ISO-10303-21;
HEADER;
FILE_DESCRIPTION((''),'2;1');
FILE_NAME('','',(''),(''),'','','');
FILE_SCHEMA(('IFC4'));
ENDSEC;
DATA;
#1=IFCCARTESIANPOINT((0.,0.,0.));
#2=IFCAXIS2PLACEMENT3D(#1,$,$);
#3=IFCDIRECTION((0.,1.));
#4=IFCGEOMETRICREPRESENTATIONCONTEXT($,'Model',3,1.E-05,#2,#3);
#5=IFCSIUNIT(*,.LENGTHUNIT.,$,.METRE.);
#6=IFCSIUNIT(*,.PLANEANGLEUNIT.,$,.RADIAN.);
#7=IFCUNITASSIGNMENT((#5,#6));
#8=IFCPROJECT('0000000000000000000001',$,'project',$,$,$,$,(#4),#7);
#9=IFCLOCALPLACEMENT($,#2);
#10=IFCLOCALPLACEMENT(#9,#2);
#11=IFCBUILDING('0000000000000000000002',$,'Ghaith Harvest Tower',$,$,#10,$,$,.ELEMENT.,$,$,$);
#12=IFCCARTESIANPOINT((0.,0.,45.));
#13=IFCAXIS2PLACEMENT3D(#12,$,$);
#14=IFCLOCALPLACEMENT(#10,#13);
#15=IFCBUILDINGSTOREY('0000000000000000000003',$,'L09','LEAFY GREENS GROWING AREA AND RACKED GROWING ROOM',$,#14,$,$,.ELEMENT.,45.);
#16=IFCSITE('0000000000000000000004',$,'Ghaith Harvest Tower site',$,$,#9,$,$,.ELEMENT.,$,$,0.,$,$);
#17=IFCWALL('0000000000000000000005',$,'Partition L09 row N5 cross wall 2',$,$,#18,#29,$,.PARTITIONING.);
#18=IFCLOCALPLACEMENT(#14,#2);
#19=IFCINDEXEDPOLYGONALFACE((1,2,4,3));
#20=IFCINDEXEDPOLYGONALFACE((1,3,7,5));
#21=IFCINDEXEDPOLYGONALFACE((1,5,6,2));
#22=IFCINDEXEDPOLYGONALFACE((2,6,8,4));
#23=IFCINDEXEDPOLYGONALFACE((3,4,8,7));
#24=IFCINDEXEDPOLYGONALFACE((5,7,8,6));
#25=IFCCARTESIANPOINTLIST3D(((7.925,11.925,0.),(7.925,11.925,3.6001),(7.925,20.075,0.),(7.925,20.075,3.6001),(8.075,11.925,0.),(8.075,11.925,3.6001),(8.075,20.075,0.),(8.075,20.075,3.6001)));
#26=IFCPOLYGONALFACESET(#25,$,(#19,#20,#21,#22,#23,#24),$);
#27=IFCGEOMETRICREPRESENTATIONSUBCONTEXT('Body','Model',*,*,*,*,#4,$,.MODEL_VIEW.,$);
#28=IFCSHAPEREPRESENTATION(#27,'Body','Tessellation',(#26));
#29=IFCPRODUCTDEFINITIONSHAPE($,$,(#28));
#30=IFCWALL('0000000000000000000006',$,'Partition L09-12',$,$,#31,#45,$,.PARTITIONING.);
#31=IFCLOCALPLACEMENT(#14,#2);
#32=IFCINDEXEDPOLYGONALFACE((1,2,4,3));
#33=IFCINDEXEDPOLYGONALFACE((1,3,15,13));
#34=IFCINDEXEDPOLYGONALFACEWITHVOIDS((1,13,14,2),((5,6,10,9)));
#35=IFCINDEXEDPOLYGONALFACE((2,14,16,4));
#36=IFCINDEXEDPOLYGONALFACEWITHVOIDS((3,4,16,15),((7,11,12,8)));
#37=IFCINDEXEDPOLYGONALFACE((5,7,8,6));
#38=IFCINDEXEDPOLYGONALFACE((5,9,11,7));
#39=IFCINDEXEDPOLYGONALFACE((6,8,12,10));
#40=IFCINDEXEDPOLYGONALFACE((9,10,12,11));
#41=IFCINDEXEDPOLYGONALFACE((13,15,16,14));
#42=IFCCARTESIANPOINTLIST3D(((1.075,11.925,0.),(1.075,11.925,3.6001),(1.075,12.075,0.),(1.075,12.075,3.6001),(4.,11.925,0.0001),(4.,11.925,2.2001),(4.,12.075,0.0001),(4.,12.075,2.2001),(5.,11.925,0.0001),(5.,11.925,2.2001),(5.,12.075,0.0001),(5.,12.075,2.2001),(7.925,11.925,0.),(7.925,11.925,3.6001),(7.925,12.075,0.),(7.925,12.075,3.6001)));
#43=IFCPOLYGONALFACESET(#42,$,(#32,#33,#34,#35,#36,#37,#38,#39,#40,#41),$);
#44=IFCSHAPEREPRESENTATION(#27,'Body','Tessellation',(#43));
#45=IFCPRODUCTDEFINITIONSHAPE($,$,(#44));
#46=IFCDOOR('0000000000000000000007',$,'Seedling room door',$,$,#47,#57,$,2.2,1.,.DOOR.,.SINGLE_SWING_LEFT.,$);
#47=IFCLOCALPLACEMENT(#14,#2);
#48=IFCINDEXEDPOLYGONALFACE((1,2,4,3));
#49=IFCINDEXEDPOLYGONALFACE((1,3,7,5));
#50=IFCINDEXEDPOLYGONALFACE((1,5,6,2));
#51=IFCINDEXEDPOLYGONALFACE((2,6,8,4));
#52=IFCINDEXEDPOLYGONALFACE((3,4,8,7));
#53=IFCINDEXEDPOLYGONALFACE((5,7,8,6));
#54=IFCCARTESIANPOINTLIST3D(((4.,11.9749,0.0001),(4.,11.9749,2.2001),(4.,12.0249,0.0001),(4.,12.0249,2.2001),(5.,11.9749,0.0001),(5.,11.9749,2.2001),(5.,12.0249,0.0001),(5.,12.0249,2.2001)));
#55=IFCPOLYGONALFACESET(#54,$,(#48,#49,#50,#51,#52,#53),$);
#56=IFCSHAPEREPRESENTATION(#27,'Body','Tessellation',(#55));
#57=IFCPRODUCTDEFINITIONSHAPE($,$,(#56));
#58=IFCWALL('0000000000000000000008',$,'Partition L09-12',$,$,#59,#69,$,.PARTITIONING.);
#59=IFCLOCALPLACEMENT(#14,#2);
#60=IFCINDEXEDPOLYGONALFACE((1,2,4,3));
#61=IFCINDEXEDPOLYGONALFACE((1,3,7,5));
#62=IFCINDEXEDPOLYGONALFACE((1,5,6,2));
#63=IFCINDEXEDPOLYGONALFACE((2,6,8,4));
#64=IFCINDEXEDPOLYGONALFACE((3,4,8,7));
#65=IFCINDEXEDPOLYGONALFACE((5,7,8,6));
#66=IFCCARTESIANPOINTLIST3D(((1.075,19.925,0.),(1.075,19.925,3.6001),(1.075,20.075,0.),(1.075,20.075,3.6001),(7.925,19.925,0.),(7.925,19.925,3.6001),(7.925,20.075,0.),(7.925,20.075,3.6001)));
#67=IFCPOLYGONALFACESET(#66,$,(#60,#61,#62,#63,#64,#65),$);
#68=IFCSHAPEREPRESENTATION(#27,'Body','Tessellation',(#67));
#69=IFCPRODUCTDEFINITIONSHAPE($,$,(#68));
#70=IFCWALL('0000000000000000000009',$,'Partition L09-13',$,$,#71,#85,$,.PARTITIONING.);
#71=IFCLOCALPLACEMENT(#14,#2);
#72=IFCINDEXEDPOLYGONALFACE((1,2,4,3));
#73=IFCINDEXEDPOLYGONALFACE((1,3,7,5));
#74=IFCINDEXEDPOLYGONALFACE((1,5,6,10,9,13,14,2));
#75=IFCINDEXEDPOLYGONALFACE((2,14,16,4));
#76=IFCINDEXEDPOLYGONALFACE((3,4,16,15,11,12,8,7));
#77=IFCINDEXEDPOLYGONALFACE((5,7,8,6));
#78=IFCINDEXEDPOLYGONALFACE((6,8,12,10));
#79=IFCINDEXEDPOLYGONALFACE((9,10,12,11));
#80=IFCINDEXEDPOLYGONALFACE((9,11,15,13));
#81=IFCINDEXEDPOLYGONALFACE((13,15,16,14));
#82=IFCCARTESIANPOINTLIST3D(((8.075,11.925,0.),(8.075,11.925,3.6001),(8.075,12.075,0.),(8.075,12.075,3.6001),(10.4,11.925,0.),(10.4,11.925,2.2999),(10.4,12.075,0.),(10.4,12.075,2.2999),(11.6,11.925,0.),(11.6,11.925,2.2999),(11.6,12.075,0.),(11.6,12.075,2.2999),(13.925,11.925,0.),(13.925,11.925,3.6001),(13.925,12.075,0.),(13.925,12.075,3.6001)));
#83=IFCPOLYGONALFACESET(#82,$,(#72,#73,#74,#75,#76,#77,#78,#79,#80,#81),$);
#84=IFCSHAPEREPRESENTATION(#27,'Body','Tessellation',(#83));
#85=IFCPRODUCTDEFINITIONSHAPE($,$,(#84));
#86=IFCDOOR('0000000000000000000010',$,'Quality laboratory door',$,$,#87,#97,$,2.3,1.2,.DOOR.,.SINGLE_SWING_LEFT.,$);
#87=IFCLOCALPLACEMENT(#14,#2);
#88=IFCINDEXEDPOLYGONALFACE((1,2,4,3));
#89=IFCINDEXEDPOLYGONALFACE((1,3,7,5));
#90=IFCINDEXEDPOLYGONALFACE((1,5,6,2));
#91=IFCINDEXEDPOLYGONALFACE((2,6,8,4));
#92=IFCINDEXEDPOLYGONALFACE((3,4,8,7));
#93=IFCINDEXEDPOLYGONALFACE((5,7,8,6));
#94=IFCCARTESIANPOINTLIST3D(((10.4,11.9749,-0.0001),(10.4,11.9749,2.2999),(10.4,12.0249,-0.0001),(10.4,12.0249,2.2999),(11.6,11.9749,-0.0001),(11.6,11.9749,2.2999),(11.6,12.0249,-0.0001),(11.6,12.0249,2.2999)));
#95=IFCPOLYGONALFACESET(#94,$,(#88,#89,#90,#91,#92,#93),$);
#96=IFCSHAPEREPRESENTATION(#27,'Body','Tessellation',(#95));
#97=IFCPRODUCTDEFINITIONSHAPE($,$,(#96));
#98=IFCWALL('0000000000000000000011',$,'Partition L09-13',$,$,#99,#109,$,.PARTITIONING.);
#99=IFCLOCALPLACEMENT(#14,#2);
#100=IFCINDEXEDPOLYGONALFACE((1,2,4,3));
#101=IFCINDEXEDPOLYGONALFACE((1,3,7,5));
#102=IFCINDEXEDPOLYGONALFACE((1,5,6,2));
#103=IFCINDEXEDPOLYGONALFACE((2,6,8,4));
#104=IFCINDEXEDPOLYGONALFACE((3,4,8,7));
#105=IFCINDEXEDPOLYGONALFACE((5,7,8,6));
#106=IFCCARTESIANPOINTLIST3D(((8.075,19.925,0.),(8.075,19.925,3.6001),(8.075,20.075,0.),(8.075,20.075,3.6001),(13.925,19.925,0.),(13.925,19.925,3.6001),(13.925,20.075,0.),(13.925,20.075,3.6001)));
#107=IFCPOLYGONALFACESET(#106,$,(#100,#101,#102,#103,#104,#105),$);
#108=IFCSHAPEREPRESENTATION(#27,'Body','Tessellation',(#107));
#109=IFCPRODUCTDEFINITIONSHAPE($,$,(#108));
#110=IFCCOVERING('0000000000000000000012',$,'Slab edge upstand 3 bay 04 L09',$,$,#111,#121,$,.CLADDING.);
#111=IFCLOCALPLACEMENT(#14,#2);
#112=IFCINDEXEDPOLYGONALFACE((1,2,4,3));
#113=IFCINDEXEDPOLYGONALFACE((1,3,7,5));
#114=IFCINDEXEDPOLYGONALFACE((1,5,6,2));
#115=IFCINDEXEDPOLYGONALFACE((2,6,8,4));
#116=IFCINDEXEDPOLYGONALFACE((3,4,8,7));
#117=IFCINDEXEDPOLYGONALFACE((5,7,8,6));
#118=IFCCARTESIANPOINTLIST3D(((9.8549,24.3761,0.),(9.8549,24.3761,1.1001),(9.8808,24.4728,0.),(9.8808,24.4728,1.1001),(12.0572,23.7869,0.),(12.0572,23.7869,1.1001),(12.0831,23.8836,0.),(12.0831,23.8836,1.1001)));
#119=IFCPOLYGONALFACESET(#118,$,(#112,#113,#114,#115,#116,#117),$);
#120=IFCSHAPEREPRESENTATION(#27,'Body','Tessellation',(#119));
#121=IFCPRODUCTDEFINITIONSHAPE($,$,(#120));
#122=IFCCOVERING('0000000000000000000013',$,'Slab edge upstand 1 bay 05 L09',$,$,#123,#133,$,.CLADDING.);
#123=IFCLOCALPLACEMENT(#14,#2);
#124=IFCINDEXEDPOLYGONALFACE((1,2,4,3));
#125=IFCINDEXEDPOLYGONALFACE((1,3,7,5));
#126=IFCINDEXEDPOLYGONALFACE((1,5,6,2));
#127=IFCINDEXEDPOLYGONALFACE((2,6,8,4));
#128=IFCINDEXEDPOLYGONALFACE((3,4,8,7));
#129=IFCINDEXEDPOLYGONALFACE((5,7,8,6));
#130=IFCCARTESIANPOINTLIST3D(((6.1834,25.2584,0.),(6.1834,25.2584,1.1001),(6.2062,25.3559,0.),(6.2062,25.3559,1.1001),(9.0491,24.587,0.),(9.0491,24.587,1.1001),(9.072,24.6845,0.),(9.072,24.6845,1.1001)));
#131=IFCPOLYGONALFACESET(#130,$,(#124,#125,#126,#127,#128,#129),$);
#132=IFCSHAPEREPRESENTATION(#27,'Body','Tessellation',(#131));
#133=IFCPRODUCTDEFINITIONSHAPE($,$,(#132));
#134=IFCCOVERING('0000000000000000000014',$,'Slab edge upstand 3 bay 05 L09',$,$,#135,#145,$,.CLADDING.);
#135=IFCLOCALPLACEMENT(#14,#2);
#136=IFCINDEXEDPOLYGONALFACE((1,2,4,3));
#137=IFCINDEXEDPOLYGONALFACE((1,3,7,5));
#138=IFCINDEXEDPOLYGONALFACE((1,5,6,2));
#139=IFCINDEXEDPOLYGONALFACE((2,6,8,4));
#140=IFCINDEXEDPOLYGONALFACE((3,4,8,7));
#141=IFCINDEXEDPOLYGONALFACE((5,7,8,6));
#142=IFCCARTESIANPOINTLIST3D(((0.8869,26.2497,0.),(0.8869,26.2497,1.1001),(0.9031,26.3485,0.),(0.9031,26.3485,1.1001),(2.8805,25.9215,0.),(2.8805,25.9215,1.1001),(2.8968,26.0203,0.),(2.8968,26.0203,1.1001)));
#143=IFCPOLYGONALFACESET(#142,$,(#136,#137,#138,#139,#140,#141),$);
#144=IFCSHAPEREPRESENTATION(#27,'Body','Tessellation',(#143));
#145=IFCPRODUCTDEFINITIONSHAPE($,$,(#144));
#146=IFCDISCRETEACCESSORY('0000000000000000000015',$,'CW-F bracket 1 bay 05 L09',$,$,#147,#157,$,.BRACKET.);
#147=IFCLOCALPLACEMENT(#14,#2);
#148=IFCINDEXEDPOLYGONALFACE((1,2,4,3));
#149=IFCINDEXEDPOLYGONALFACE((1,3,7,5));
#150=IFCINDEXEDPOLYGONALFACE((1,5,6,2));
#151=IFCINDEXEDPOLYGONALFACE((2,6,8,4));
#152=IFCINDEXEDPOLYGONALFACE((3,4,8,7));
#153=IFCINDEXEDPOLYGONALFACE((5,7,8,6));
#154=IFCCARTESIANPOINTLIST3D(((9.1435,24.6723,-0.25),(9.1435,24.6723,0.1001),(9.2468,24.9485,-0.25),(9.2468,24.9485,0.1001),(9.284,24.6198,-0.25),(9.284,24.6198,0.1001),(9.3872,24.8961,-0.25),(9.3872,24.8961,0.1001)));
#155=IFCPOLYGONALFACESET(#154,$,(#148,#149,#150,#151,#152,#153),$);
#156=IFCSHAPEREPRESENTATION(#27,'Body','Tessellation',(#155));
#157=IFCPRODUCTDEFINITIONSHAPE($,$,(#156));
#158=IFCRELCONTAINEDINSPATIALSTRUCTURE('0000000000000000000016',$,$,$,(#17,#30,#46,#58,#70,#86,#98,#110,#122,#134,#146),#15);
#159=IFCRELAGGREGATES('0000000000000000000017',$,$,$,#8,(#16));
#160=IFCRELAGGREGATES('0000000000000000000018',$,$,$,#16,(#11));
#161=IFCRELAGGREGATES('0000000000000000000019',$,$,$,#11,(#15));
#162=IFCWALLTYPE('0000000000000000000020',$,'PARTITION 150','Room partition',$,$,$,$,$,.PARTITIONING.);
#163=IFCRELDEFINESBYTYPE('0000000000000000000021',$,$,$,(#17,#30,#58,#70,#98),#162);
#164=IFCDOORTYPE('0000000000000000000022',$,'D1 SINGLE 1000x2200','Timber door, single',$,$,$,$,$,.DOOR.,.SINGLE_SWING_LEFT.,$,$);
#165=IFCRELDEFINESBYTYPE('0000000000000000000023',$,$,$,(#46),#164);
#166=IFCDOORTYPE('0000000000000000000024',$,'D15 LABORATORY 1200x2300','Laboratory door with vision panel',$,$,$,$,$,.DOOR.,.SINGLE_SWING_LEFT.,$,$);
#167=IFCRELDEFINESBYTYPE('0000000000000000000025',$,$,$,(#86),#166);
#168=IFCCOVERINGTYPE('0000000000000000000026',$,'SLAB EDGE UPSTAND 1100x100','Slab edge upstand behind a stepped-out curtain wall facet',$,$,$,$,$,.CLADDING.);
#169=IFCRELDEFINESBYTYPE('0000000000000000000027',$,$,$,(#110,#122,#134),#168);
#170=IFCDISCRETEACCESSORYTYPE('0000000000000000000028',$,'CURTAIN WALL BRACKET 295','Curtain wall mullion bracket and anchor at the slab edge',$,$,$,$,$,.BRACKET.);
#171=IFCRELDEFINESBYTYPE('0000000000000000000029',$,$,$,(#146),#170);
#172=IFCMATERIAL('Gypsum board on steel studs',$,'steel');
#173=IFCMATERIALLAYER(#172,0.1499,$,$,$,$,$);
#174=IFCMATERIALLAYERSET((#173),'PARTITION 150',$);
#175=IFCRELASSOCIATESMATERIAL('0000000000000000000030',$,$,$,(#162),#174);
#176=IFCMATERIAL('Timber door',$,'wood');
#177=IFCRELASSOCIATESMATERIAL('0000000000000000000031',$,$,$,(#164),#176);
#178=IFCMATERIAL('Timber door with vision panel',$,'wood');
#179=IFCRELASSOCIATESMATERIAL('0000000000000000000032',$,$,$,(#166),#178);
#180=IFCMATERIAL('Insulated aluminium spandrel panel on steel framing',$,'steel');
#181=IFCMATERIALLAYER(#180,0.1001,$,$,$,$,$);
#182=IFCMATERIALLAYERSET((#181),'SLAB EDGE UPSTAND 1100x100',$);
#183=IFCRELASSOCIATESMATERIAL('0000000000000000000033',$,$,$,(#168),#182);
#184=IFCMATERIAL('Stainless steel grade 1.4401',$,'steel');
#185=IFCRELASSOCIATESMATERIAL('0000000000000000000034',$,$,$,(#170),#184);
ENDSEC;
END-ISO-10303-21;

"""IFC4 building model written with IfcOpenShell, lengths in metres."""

from ifc_helpers import new_model, si_unit, direction, frame, frame_2d, origin, origin_2d, place, context, subcontext, project, spatial, rectangle, extrude, material, layer, layer_set, type_object, element, fill, save


model = new_model("IFC4")

# Units and contexts
model_context = context("Model", 3, precision=1e-05, world=origin(), true_north=direction((0.0, 1.0)))
body_context = subcontext(model_context, "Body", "Model", "MODEL_VIEW")
ifc_project = project(units=[si_unit("LENGTHUNIT", "METRE"), si_unit("PLANEANGLEUNIT", "RADIAN")], contexts=[model_context])

# Site, building, storey
site_placement = place(None, origin())
site = spatial("IfcSite", under=ifc_project, at=site_placement, Name="Ghaith Harvest Tower site", CompositionType="ELEMENT", RefElevation=0.0)
building_placement = place(site_placement, origin())
building = spatial("IfcBuilding", under=site, at=building_placement, Name="Ghaith Harvest Tower", CompositionType="ELEMENT")
storey_placement = place(building_placement, frame((0.0, 0.0, 45.0)))
storey = spatial("IfcBuildingStorey", under=building, at=storey_placement, Name="L09", Description="LEAFY GREENS GROWING AREA AND RACKED GROWING ROOM", CompositionType="ELEMENT", Elevation=45.0)

# Wall
ifc_material_1 = material(Name="Gypsum board on steel studs", Category="steel")
ifc_layer_1 = layer(ifc_material_1, 0.1499)
ifc_layer_set_1 = layer_set([ifc_layer_1], Name="PARTITION 150")
wall_type = type_object("IfcWallType", Name="PARTITION 150", Description="Room partition", PredefinedType="PARTITIONING", material=ifc_layer_set_1)
for number, where, z_axis, x_axis, name in (
    (1, (8.0, 11.925, 0.0), (0.0, 0.0, 1.0), (0.0, 1.0, 0.0), "Partition L09 row N5 cross wall 2"),
):
    element("IfcWall", number, at=place(storey_placement, frame(where, z_axis=z_axis, x_axis=x_axis)), inside=storey, type_object=wall_type, Name=name, PredefinedType="PARTITIONING", context=body_context, shape_type="SweptSolid", body=[
        extrude(rectangle(XDim=8.1499, YDim=0.1499, at=frame_2d((4.075, 0.0))), origin(), (0.0, 0.0, 1.0), 3.6001),
    ])

# Wall, opening, door
wall_1_placement = place(storey_placement, frame((1.075, 12.0, 0.0), z_axis=(0.0, 0.0, 1.0), x_axis=(1.0, 0.0, 0.0)))
wall_1 = element("IfcWall", 2, at=wall_1_placement, inside=storey, type_object=wall_type, Name="Partition L09-12", PredefinedType="PARTITIONING", context=body_context, shape_type="SweptSolid", body=[
    extrude(rectangle(XDim=6.8501, YDim=0.1499, at=frame_2d((3.425, 0.0))), origin(), (0.0, 0.0, 1.0), 3.6001),
])
opening_1_placement = place(wall_1_placement, frame((2.925, 0.0, 0.0)))
opening_1 = element("IfcOpeningElement", 3, at=opening_1_placement, cuts=wall_1, PredefinedType="OPENING", context=body_context, shape_type="SweptSolid", body=[
    extrude(rectangle(XDim=1.0, YDim=2.2, at=frame_2d((0.5, 1.1001))), frame((0.0, 0.085, 0.0), z_axis=(0.0, -1.0, 0.0), x_axis=(1.0, 0.0, 0.0)), (0.0, 0.0, 1.0), 0.1699),
])
ifc_material_2 = material(Name="Timber door", Category="wood")
door_type_1 = type_object("IfcDoorType", Name="D1 SINGLE 1000x2200", Description="Timber door, single", OperationType="SINGLE_SWING_LEFT", PredefinedType="DOOR", material=ifc_material_2)
door_1_placement = place(opening_1_placement, origin())
door_1 = element("IfcDoor", 4, at=door_1_placement, inside=storey, type_object=door_type_1, Name="Seedling room door", OperationType="SINGLE_SWING_LEFT", OverallHeight=2.2, OverallWidth=1.0, PredefinedType="DOOR", context=body_context, shape_type="SweptSolid", body=[
    extrude(rectangle(XDim=1.0, YDim=2.2, at=frame_2d((0.5, 1.1001))), frame((0.0, 0.0249, 0.0), z_axis=(0.0, -1.0, 0.0), x_axis=(1.0, 0.0, 0.0)), (0.0, 0.0, 1.0), 0.05),
])
fill(opening_1, door_1)

# Wall
wall_2_placement = place(storey_placement, frame((1.075, 20.0, 0.0), z_axis=(0.0, 0.0, 1.0), x_axis=(1.0, 0.0, 0.0)))
element("IfcWall", 5, at=wall_2_placement, inside=storey, type_object=wall_type, Name="Partition L09-12", PredefinedType="PARTITIONING", context=body_context, shape_type="SweptSolid", body=[
    extrude(rectangle(XDim=6.8501, YDim=0.1499, at=frame_2d((3.425, 0.0))), origin(), (0.0, 0.0, 1.0), 3.6001),
])

# Wall, opening, door
wall_3_placement = place(storey_placement, frame((8.075, 12.0, 0.0), z_axis=(0.0, 0.0, 1.0), x_axis=(1.0, 0.0, 0.0)))
wall_3 = element("IfcWall", 6, at=wall_3_placement, inside=storey, type_object=wall_type, Name="Partition L09-13", PredefinedType="PARTITIONING", context=body_context, shape_type="SweptSolid", body=[
    extrude(rectangle(XDim=5.8501, YDim=0.1499, at=frame_2d((2.925, 0.0))), origin(), (0.0, 0.0, 1.0), 3.6001),
])
opening_2_placement = place(wall_3_placement, frame((2.325, 0.0, 0.0)))
opening_2 = element("IfcOpeningElement", 7, at=opening_2_placement, cuts=wall_3, PredefinedType="OPENING", context=body_context, shape_type="SweptSolid", body=[
    extrude(rectangle(XDim=1.2, YDim=2.3, at=frame_2d((0.6001, 1.1499))), frame((0.0, 0.085, 0.0), z_axis=(0.0, -1.0, 0.0), x_axis=(1.0, 0.0, 0.0)), (0.0, 0.0, 1.0), 0.1699),
])
ifc_material_3 = material(Name="Timber door with vision panel", Category="wood")
door_type_2 = type_object("IfcDoorType", Name="D15 LABORATORY 1200x2300", Description="Laboratory door with vision panel", OperationType="SINGLE_SWING_LEFT", PredefinedType="DOOR", material=ifc_material_3)
door_2_placement = place(opening_2_placement, origin())
door_2 = element("IfcDoor", 8, at=door_2_placement, inside=storey, type_object=door_type_2, Name="Quality laboratory door", OperationType="SINGLE_SWING_LEFT", OverallHeight=2.3, OverallWidth=1.2, PredefinedType="DOOR", context=body_context, shape_type="SweptSolid", body=[
    extrude(rectangle(XDim=1.2, YDim=2.3, at=frame_2d((0.6001, 1.1499))), frame((0.0, 0.0249, 0.0), z_axis=(0.0, -1.0, 0.0), x_axis=(1.0, 0.0, 0.0)), (0.0, 0.0, 1.0), 0.05),
])
fill(opening_2, door_2)

# Wall
wall_4_placement = place(storey_placement, frame((8.075, 20.0, 0.0), z_axis=(0.0, 0.0, 1.0), x_axis=(1.0, 0.0, 0.0)))
element("IfcWall", 9, at=wall_4_placement, inside=storey, type_object=wall_type, Name="Partition L09-13", PredefinedType="PARTITIONING", context=body_context, shape_type="SweptSolid", body=[
    extrude(rectangle(XDim=5.8501, YDim=0.1499, at=frame_2d((2.925, 0.0))), origin(), (0.0, 0.0, 1.0), 3.6001),
])

# Coverings
ifc_material_4 = material(Name="Insulated aluminium spandrel panel on steel framing", Category="steel")
ifc_layer_2 = layer(ifc_material_4, 0.1001)
ifc_layer_set_2 = layer_set([ifc_layer_2], Name="SLAB EDGE UPSTAND 1100x100")
covering_type = type_object("IfcCoveringType", Name="SLAB EDGE UPSTAND 1100x100", Description="Slab edge upstand behind a stepped-out curtain wall facet", PredefinedType="CLADDING", material=ifc_layer_set_2)
covering_1_placement = place(storey_placement, frame((10.969, 24.1299, 0.0), z_axis=(0.0, 0.0, 1.0), x_axis=(-0.966024, 0.258451, 0.0)))
element("IfcCovering", 10, at=covering_1_placement, inside=storey, type_object=covering_type, Name="Slab edge upstand 3 bay 04 L09", PredefinedType="CLADDING", context=body_context, shape_type="SweptSolid", body=[
    extrude(rectangle(XDim=2.2798, YDim=0.1001, at=origin_2d()), origin(), (0.0, 0.0, 1.0), 1.1001),
])
covering_2_placement = place(storey_placement, frame((7.6277, 24.9714, 0.0), z_axis=(0.0, 0.0, 1.0), x_axis=(-0.973634, 0.228115, 0.0)))
element("IfcCovering", 11, at=covering_2_placement, inside=storey, type_object=covering_type, Name="Slab edge upstand 1 bay 05 L09", PredefinedType="CLADDING", context=body_context, shape_type="SweptSolid", body=[
    extrude(rectangle(XDim=2.9434, YDim=0.1001, at=origin_2d()), origin(), (0.0, 0.0, 1.0), 1.1001),
])
covering_3_placement = place(storey_placement, frame((1.8918, 26.135, 0.0), z_axis=(0.0, 0.0, 1.0), x_axis=(-0.986716, 0.162453, 0.0)))
element("IfcCovering", 12, at=covering_3_placement, inside=storey, type_object=covering_type, Name="Slab edge upstand 3 bay 05 L09", PredefinedType="CLADDING", context=body_context, shape_type="SweptSolid", body=[
    extrude(rectangle(XDim=2.0205, YDim=0.1001, at=origin_2d()), origin(), (0.0, 0.0, 1.0), 1.1001),
])

# Discrete accessory
ifc_material_5 = material(Name="Stainless steel grade 1.4401", Category="steel")
discrete_accessory_type = type_object("IfcDiscreteAccessoryType", Name="CURTAIN WALL BRACKET 295", Description="Curtain wall mullion bracket and anchor at the slab edge", PredefinedType="BRACKET", material=ifc_material_5)
discrete_accessory_placement = place(storey_placement, frame((9.2654, 24.7842, -0.25), z_axis=(0.0, 0.0, 1.0), x_axis=(0.350168, 0.936687, 0.0)))
element("IfcDiscreteAccessory", 13, at=discrete_accessory_placement, inside=storey, type_object=discrete_accessory_type, Name="CW-F bracket 1 bay 05 L09", PredefinedType="BRACKET", context=body_context, shape_type="SweptSolid", body=[
    extrude(rectangle(XDim=0.2949, YDim=0.1499, at=origin_2d()), origin(), (0.0, 0.0, 1.0), 0.3501),
])

save(model, "model.ifc")
